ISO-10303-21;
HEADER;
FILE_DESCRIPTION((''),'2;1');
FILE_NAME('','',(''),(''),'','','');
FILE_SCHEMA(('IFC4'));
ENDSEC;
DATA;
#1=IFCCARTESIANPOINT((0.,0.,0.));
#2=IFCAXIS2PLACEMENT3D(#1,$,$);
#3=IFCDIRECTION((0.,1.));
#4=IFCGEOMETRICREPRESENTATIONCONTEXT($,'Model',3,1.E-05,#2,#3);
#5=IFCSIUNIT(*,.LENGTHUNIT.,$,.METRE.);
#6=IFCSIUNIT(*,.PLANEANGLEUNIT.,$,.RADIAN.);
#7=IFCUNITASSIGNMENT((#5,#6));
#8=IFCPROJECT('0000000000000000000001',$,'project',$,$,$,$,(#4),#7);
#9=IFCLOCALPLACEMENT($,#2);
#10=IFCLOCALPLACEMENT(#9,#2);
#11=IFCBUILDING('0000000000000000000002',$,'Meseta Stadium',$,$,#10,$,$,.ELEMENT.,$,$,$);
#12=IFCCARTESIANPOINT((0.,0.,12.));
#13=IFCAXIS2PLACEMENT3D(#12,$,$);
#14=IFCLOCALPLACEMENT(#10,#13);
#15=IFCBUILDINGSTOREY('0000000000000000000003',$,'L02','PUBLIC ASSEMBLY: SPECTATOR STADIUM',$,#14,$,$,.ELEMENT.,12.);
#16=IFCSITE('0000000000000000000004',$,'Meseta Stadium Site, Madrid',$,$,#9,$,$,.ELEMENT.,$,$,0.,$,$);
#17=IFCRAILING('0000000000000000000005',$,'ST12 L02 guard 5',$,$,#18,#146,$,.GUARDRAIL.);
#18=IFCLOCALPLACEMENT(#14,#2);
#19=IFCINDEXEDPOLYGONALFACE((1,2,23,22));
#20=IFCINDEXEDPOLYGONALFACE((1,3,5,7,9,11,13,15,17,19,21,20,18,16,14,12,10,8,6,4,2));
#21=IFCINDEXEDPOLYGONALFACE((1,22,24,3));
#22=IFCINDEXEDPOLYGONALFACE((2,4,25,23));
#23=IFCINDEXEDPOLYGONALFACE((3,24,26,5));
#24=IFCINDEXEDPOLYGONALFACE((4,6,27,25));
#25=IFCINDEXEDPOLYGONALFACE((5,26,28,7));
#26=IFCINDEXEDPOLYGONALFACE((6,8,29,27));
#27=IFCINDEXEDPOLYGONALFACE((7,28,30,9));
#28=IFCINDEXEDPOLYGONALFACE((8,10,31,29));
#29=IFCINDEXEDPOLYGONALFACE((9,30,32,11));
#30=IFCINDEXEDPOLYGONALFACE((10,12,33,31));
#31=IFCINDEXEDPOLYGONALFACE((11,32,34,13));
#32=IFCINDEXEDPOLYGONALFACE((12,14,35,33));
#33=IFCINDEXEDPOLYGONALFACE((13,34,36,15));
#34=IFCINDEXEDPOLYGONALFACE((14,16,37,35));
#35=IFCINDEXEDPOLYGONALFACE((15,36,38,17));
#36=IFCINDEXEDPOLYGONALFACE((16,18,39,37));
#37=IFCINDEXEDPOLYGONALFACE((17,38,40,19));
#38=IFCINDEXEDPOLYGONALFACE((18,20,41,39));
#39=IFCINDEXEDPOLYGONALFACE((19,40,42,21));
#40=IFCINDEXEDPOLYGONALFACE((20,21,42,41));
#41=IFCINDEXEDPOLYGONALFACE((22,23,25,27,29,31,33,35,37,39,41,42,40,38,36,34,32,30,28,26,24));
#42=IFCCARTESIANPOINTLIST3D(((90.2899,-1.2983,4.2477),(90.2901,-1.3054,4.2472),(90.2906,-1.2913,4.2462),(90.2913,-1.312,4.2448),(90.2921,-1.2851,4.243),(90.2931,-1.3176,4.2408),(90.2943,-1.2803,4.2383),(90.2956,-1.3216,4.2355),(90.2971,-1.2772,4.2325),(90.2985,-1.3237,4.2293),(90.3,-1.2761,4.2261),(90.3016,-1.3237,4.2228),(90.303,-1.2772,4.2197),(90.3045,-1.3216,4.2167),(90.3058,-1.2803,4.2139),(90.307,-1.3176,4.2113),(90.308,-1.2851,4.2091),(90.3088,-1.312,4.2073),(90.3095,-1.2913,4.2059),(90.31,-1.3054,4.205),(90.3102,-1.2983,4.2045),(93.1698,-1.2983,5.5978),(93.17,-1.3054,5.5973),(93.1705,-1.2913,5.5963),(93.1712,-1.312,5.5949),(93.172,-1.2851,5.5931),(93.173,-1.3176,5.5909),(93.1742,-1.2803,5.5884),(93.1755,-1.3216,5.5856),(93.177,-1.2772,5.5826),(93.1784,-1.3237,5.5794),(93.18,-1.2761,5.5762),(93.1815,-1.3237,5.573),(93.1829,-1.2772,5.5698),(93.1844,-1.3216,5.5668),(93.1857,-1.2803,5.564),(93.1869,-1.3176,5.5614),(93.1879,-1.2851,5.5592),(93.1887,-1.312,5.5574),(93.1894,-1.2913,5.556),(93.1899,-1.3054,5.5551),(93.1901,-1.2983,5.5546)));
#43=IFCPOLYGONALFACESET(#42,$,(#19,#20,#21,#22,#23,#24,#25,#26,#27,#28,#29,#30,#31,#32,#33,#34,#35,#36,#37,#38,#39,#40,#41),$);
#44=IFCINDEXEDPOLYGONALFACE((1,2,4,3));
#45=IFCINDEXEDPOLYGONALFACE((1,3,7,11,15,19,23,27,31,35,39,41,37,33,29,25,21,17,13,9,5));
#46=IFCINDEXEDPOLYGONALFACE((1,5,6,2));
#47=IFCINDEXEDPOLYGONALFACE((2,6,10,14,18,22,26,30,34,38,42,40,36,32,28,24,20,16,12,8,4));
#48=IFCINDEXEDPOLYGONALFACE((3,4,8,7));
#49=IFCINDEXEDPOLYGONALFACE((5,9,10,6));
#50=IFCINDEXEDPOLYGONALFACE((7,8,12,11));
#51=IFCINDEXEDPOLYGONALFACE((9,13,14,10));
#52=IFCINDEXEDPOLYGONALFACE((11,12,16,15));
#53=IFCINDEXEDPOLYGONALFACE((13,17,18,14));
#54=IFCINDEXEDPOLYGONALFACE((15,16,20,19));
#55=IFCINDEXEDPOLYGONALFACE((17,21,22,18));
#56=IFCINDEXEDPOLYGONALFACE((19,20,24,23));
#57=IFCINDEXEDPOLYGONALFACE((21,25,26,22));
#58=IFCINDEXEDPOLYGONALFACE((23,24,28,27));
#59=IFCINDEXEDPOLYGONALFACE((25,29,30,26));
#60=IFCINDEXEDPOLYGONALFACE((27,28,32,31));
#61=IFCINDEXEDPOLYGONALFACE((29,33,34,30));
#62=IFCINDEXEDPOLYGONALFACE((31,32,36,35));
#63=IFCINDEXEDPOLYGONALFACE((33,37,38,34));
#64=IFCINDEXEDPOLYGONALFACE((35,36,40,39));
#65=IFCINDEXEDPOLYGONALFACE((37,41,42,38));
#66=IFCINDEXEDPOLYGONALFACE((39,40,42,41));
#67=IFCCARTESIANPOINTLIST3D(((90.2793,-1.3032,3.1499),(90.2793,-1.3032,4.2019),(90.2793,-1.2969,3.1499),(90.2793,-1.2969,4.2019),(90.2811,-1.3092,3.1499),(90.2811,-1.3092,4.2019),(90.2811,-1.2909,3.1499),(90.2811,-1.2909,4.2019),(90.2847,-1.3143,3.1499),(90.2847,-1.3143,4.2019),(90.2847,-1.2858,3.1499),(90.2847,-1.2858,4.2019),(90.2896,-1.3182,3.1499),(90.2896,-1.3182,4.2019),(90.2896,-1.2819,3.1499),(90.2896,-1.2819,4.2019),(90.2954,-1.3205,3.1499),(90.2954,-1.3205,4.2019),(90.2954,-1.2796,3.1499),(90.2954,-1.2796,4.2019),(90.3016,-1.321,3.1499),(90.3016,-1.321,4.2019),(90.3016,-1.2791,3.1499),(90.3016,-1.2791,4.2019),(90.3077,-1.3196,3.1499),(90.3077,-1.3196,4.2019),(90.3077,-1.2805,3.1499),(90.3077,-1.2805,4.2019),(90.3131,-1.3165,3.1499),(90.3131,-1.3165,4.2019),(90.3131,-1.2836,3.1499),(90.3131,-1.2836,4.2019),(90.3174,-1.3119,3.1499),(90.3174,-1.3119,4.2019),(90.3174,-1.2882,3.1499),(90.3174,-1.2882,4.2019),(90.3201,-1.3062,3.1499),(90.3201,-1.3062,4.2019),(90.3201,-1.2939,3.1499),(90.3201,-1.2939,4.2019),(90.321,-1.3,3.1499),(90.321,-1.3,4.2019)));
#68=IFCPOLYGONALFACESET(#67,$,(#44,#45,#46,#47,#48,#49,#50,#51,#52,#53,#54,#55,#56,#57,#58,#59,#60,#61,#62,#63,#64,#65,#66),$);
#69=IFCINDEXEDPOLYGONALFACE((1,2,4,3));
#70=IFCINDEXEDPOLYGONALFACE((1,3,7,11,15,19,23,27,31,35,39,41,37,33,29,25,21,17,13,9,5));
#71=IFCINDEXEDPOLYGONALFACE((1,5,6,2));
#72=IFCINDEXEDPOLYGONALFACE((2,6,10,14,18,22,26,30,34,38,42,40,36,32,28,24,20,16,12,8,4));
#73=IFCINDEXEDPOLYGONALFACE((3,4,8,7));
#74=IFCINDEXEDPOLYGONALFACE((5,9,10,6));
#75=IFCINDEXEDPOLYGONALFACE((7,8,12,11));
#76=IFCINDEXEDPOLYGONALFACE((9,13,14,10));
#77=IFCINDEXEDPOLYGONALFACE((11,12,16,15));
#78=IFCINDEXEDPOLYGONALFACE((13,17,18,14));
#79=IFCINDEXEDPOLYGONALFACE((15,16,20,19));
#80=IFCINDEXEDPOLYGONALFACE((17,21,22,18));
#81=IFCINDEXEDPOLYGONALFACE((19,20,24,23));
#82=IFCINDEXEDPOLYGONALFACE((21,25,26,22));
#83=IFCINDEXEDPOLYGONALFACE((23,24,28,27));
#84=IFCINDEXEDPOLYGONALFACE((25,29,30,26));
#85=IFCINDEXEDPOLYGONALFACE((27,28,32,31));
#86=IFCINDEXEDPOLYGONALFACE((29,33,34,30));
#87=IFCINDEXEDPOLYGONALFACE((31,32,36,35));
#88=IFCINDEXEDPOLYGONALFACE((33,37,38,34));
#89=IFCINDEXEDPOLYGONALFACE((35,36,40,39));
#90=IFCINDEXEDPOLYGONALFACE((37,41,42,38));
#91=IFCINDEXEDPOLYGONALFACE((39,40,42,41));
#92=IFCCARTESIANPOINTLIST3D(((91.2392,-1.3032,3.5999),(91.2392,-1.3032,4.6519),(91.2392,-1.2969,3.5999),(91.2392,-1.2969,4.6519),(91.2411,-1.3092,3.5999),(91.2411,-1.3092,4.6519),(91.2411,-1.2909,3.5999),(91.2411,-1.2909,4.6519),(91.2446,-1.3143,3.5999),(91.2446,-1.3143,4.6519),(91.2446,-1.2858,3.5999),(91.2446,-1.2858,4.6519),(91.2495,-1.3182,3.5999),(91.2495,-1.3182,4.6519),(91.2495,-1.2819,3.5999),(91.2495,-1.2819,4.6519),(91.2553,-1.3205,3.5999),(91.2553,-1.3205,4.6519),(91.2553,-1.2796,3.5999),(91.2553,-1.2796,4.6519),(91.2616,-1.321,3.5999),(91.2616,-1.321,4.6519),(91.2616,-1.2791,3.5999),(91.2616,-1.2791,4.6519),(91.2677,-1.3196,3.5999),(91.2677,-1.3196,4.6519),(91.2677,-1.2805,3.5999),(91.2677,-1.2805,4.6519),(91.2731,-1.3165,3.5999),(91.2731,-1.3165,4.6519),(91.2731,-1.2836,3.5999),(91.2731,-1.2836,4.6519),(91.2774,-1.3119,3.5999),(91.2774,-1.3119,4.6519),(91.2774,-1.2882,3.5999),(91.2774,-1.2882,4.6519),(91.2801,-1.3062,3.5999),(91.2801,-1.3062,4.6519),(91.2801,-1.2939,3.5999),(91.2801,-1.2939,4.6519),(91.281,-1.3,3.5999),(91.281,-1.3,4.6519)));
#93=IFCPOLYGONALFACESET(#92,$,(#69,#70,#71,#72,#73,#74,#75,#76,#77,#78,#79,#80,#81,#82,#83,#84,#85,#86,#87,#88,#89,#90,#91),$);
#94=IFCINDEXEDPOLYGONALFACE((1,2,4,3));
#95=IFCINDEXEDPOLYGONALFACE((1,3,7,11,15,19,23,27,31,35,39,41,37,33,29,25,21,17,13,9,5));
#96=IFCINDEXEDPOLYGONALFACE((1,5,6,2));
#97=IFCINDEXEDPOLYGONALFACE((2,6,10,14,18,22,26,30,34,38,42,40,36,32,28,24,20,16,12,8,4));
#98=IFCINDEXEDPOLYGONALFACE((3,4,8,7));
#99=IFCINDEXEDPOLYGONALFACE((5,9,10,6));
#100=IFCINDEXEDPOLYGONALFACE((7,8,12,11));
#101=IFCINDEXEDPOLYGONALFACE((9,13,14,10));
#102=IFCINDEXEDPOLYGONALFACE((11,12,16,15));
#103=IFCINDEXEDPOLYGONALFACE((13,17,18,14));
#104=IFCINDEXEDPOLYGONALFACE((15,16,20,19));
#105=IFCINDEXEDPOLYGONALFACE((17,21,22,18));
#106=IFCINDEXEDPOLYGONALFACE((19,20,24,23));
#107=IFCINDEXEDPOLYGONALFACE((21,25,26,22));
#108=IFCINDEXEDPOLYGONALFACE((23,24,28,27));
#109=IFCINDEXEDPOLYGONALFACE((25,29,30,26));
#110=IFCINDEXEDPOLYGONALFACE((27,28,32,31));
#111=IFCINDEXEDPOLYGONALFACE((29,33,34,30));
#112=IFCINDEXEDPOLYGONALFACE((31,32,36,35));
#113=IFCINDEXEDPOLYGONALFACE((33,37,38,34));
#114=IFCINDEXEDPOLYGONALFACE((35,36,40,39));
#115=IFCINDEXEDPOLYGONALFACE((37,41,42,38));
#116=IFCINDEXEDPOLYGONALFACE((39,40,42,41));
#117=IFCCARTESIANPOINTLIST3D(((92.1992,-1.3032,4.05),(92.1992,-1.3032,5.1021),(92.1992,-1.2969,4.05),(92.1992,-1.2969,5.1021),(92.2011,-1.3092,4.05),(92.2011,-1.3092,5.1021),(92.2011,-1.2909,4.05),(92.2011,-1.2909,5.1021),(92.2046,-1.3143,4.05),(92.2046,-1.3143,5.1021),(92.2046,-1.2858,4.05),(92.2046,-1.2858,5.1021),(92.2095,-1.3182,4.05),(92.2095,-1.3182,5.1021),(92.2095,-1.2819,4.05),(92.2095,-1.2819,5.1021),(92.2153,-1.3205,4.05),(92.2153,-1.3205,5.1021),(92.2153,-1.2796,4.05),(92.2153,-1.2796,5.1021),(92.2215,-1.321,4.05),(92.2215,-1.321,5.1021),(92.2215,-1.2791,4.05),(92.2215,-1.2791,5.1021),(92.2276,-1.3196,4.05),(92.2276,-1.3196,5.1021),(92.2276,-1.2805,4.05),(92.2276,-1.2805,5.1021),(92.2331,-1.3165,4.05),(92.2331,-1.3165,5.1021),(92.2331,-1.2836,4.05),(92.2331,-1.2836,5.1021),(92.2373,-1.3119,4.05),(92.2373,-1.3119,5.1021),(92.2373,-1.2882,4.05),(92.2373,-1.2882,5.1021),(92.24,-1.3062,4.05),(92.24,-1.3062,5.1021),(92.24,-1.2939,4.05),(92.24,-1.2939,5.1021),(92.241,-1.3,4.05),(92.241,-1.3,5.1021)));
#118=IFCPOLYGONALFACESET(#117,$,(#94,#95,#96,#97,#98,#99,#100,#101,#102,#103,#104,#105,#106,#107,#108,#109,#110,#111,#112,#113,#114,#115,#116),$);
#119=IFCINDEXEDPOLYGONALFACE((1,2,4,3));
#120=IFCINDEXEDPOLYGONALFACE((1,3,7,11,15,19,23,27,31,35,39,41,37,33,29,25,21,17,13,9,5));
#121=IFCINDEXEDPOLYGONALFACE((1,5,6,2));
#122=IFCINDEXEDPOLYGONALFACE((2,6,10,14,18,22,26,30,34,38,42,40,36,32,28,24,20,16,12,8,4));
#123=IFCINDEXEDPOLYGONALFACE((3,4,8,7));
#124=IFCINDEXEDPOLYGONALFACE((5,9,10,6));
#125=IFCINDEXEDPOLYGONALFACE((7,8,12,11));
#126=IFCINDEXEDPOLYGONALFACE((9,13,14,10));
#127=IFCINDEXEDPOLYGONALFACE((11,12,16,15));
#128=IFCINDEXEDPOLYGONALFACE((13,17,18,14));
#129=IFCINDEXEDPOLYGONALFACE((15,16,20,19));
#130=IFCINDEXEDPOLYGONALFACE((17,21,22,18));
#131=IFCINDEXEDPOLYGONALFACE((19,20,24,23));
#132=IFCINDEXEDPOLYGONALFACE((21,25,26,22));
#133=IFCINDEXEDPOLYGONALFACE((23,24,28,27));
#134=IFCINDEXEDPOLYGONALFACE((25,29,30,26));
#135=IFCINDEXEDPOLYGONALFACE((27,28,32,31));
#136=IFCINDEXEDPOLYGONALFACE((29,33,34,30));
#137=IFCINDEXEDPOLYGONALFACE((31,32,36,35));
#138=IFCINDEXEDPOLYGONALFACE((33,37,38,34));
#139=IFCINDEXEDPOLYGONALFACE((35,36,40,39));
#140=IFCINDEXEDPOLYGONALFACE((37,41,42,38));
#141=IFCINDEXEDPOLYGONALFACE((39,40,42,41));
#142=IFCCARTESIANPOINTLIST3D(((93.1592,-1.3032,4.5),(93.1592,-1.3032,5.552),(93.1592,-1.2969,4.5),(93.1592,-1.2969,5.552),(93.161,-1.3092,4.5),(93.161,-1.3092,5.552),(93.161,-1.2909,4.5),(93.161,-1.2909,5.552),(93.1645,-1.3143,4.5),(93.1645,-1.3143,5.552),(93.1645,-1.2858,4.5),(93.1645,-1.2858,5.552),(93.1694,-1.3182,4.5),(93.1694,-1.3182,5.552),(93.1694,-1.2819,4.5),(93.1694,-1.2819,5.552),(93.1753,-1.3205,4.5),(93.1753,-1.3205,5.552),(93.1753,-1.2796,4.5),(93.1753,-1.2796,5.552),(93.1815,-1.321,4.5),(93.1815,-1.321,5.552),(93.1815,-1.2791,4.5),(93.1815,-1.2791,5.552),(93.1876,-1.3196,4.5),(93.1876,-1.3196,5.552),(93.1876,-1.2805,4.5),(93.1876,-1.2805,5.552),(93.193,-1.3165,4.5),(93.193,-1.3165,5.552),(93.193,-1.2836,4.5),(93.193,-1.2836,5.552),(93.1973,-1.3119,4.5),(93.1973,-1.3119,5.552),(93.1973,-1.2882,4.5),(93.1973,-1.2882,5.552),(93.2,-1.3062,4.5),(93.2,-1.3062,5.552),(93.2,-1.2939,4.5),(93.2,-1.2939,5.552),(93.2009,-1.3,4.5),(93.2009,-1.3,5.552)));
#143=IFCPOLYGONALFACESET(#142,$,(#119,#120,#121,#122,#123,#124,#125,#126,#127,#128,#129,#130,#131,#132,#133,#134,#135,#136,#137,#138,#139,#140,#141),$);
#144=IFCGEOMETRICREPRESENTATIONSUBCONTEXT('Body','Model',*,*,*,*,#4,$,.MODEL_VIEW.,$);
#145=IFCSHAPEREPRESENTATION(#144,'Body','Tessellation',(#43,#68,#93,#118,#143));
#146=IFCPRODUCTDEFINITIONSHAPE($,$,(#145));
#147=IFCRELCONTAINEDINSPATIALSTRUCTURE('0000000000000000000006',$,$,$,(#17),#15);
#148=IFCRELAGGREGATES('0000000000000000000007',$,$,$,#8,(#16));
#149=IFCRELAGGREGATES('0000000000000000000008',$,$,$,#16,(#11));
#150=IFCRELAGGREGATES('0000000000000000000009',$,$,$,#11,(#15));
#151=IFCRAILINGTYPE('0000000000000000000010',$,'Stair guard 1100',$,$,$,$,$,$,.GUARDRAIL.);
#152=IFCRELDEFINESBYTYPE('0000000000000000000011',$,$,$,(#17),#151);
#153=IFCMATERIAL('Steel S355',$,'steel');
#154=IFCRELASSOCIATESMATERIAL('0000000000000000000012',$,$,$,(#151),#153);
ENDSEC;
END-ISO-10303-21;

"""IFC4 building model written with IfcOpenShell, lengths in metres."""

from ifc_helpers import new_model, si_unit, direction, frame, origin, origin_2d, place, context, subcontext, project, spatial, circle, extrude, material, type_object, element, save


model = new_model("IFC4")

# Units and contexts
model_context = context("Model", 3, precision=1e-05, world=origin(), true_north=direction((0.0, 1.0)))
body_context = subcontext(model_context, "Body", "Model", "MODEL_VIEW")
ifc_project = project(units=[si_unit("LENGTHUNIT", "METRE"), si_unit("PLANEANGLEUNIT", "RADIAN")], contexts=[model_context])

# Site, building, storey
site_placement = place(None, origin())
site = spatial("IfcSite", under=ifc_project, at=site_placement, Name="Meseta Stadium Site, Madrid", CompositionType="ELEMENT", RefElevation=0.0)
building_placement = place(site_placement, origin())
building = spatial("IfcBuilding", under=site, at=building_placement, Name="Meseta Stadium", CompositionType="ELEMENT")
storey_placement = place(building_placement, frame((0.0, 0.0, 12.0)))
storey = spatial("IfcBuildingStorey", under=building, at=storey_placement, Name="L02", Description="PUBLIC ASSEMBLY: SPECTATOR STADIUM", CompositionType="ELEMENT", Elevation=12.0)

# Railing
ifc_material_1 = material(Name="Steel S355", Category="steel")
railing_type_1 = type_object("IfcRailingType", Name="Stair guard 1100", PredefinedType="GUARDRAIL", material=ifc_material_1)
railing_1_placement = place(storey_placement, frame((90.3, -1.3, 3.1499)))
element("IfcRailing", 1, at=railing_1_placement, inside=storey, type_object=railing_type_1, Name="ST12 L02 guard 5", PredefinedType="GUARDRAIL", context=body_context, shape_type="SweptSolid", body=[
    extrude(circle(Radius=0.0239, at=origin_2d()), frame((0.0, 0.0, 1.0762), z_axis=(0.90544, 0.0, 0.424473), x_axis=(0.0, 1.0, 0.0)), (0.0, 0.0, 1.0), 3.1807),
    extrude(circle(Radius=0.021, at=origin_2d()), origin(), (0.0, 0.0, 1.0), 1.052),
    extrude(circle(Radius=0.021, at=origin_2d()), frame((0.96, 0.0, 0.45)), (0.0, 0.0, 1.0), 1.052),
    extrude(circle(Radius=0.021, at=origin_2d()), frame((1.9199, 0.0, 0.9001)), (0.0, 0.0, 1.0), 1.052),
    extrude(circle(Radius=0.021, at=origin_2d()), frame((2.8799, 0.0, 1.3501)), (0.0, 0.0, 1.0), 1.052),
])

save(model, "model.ifc")
